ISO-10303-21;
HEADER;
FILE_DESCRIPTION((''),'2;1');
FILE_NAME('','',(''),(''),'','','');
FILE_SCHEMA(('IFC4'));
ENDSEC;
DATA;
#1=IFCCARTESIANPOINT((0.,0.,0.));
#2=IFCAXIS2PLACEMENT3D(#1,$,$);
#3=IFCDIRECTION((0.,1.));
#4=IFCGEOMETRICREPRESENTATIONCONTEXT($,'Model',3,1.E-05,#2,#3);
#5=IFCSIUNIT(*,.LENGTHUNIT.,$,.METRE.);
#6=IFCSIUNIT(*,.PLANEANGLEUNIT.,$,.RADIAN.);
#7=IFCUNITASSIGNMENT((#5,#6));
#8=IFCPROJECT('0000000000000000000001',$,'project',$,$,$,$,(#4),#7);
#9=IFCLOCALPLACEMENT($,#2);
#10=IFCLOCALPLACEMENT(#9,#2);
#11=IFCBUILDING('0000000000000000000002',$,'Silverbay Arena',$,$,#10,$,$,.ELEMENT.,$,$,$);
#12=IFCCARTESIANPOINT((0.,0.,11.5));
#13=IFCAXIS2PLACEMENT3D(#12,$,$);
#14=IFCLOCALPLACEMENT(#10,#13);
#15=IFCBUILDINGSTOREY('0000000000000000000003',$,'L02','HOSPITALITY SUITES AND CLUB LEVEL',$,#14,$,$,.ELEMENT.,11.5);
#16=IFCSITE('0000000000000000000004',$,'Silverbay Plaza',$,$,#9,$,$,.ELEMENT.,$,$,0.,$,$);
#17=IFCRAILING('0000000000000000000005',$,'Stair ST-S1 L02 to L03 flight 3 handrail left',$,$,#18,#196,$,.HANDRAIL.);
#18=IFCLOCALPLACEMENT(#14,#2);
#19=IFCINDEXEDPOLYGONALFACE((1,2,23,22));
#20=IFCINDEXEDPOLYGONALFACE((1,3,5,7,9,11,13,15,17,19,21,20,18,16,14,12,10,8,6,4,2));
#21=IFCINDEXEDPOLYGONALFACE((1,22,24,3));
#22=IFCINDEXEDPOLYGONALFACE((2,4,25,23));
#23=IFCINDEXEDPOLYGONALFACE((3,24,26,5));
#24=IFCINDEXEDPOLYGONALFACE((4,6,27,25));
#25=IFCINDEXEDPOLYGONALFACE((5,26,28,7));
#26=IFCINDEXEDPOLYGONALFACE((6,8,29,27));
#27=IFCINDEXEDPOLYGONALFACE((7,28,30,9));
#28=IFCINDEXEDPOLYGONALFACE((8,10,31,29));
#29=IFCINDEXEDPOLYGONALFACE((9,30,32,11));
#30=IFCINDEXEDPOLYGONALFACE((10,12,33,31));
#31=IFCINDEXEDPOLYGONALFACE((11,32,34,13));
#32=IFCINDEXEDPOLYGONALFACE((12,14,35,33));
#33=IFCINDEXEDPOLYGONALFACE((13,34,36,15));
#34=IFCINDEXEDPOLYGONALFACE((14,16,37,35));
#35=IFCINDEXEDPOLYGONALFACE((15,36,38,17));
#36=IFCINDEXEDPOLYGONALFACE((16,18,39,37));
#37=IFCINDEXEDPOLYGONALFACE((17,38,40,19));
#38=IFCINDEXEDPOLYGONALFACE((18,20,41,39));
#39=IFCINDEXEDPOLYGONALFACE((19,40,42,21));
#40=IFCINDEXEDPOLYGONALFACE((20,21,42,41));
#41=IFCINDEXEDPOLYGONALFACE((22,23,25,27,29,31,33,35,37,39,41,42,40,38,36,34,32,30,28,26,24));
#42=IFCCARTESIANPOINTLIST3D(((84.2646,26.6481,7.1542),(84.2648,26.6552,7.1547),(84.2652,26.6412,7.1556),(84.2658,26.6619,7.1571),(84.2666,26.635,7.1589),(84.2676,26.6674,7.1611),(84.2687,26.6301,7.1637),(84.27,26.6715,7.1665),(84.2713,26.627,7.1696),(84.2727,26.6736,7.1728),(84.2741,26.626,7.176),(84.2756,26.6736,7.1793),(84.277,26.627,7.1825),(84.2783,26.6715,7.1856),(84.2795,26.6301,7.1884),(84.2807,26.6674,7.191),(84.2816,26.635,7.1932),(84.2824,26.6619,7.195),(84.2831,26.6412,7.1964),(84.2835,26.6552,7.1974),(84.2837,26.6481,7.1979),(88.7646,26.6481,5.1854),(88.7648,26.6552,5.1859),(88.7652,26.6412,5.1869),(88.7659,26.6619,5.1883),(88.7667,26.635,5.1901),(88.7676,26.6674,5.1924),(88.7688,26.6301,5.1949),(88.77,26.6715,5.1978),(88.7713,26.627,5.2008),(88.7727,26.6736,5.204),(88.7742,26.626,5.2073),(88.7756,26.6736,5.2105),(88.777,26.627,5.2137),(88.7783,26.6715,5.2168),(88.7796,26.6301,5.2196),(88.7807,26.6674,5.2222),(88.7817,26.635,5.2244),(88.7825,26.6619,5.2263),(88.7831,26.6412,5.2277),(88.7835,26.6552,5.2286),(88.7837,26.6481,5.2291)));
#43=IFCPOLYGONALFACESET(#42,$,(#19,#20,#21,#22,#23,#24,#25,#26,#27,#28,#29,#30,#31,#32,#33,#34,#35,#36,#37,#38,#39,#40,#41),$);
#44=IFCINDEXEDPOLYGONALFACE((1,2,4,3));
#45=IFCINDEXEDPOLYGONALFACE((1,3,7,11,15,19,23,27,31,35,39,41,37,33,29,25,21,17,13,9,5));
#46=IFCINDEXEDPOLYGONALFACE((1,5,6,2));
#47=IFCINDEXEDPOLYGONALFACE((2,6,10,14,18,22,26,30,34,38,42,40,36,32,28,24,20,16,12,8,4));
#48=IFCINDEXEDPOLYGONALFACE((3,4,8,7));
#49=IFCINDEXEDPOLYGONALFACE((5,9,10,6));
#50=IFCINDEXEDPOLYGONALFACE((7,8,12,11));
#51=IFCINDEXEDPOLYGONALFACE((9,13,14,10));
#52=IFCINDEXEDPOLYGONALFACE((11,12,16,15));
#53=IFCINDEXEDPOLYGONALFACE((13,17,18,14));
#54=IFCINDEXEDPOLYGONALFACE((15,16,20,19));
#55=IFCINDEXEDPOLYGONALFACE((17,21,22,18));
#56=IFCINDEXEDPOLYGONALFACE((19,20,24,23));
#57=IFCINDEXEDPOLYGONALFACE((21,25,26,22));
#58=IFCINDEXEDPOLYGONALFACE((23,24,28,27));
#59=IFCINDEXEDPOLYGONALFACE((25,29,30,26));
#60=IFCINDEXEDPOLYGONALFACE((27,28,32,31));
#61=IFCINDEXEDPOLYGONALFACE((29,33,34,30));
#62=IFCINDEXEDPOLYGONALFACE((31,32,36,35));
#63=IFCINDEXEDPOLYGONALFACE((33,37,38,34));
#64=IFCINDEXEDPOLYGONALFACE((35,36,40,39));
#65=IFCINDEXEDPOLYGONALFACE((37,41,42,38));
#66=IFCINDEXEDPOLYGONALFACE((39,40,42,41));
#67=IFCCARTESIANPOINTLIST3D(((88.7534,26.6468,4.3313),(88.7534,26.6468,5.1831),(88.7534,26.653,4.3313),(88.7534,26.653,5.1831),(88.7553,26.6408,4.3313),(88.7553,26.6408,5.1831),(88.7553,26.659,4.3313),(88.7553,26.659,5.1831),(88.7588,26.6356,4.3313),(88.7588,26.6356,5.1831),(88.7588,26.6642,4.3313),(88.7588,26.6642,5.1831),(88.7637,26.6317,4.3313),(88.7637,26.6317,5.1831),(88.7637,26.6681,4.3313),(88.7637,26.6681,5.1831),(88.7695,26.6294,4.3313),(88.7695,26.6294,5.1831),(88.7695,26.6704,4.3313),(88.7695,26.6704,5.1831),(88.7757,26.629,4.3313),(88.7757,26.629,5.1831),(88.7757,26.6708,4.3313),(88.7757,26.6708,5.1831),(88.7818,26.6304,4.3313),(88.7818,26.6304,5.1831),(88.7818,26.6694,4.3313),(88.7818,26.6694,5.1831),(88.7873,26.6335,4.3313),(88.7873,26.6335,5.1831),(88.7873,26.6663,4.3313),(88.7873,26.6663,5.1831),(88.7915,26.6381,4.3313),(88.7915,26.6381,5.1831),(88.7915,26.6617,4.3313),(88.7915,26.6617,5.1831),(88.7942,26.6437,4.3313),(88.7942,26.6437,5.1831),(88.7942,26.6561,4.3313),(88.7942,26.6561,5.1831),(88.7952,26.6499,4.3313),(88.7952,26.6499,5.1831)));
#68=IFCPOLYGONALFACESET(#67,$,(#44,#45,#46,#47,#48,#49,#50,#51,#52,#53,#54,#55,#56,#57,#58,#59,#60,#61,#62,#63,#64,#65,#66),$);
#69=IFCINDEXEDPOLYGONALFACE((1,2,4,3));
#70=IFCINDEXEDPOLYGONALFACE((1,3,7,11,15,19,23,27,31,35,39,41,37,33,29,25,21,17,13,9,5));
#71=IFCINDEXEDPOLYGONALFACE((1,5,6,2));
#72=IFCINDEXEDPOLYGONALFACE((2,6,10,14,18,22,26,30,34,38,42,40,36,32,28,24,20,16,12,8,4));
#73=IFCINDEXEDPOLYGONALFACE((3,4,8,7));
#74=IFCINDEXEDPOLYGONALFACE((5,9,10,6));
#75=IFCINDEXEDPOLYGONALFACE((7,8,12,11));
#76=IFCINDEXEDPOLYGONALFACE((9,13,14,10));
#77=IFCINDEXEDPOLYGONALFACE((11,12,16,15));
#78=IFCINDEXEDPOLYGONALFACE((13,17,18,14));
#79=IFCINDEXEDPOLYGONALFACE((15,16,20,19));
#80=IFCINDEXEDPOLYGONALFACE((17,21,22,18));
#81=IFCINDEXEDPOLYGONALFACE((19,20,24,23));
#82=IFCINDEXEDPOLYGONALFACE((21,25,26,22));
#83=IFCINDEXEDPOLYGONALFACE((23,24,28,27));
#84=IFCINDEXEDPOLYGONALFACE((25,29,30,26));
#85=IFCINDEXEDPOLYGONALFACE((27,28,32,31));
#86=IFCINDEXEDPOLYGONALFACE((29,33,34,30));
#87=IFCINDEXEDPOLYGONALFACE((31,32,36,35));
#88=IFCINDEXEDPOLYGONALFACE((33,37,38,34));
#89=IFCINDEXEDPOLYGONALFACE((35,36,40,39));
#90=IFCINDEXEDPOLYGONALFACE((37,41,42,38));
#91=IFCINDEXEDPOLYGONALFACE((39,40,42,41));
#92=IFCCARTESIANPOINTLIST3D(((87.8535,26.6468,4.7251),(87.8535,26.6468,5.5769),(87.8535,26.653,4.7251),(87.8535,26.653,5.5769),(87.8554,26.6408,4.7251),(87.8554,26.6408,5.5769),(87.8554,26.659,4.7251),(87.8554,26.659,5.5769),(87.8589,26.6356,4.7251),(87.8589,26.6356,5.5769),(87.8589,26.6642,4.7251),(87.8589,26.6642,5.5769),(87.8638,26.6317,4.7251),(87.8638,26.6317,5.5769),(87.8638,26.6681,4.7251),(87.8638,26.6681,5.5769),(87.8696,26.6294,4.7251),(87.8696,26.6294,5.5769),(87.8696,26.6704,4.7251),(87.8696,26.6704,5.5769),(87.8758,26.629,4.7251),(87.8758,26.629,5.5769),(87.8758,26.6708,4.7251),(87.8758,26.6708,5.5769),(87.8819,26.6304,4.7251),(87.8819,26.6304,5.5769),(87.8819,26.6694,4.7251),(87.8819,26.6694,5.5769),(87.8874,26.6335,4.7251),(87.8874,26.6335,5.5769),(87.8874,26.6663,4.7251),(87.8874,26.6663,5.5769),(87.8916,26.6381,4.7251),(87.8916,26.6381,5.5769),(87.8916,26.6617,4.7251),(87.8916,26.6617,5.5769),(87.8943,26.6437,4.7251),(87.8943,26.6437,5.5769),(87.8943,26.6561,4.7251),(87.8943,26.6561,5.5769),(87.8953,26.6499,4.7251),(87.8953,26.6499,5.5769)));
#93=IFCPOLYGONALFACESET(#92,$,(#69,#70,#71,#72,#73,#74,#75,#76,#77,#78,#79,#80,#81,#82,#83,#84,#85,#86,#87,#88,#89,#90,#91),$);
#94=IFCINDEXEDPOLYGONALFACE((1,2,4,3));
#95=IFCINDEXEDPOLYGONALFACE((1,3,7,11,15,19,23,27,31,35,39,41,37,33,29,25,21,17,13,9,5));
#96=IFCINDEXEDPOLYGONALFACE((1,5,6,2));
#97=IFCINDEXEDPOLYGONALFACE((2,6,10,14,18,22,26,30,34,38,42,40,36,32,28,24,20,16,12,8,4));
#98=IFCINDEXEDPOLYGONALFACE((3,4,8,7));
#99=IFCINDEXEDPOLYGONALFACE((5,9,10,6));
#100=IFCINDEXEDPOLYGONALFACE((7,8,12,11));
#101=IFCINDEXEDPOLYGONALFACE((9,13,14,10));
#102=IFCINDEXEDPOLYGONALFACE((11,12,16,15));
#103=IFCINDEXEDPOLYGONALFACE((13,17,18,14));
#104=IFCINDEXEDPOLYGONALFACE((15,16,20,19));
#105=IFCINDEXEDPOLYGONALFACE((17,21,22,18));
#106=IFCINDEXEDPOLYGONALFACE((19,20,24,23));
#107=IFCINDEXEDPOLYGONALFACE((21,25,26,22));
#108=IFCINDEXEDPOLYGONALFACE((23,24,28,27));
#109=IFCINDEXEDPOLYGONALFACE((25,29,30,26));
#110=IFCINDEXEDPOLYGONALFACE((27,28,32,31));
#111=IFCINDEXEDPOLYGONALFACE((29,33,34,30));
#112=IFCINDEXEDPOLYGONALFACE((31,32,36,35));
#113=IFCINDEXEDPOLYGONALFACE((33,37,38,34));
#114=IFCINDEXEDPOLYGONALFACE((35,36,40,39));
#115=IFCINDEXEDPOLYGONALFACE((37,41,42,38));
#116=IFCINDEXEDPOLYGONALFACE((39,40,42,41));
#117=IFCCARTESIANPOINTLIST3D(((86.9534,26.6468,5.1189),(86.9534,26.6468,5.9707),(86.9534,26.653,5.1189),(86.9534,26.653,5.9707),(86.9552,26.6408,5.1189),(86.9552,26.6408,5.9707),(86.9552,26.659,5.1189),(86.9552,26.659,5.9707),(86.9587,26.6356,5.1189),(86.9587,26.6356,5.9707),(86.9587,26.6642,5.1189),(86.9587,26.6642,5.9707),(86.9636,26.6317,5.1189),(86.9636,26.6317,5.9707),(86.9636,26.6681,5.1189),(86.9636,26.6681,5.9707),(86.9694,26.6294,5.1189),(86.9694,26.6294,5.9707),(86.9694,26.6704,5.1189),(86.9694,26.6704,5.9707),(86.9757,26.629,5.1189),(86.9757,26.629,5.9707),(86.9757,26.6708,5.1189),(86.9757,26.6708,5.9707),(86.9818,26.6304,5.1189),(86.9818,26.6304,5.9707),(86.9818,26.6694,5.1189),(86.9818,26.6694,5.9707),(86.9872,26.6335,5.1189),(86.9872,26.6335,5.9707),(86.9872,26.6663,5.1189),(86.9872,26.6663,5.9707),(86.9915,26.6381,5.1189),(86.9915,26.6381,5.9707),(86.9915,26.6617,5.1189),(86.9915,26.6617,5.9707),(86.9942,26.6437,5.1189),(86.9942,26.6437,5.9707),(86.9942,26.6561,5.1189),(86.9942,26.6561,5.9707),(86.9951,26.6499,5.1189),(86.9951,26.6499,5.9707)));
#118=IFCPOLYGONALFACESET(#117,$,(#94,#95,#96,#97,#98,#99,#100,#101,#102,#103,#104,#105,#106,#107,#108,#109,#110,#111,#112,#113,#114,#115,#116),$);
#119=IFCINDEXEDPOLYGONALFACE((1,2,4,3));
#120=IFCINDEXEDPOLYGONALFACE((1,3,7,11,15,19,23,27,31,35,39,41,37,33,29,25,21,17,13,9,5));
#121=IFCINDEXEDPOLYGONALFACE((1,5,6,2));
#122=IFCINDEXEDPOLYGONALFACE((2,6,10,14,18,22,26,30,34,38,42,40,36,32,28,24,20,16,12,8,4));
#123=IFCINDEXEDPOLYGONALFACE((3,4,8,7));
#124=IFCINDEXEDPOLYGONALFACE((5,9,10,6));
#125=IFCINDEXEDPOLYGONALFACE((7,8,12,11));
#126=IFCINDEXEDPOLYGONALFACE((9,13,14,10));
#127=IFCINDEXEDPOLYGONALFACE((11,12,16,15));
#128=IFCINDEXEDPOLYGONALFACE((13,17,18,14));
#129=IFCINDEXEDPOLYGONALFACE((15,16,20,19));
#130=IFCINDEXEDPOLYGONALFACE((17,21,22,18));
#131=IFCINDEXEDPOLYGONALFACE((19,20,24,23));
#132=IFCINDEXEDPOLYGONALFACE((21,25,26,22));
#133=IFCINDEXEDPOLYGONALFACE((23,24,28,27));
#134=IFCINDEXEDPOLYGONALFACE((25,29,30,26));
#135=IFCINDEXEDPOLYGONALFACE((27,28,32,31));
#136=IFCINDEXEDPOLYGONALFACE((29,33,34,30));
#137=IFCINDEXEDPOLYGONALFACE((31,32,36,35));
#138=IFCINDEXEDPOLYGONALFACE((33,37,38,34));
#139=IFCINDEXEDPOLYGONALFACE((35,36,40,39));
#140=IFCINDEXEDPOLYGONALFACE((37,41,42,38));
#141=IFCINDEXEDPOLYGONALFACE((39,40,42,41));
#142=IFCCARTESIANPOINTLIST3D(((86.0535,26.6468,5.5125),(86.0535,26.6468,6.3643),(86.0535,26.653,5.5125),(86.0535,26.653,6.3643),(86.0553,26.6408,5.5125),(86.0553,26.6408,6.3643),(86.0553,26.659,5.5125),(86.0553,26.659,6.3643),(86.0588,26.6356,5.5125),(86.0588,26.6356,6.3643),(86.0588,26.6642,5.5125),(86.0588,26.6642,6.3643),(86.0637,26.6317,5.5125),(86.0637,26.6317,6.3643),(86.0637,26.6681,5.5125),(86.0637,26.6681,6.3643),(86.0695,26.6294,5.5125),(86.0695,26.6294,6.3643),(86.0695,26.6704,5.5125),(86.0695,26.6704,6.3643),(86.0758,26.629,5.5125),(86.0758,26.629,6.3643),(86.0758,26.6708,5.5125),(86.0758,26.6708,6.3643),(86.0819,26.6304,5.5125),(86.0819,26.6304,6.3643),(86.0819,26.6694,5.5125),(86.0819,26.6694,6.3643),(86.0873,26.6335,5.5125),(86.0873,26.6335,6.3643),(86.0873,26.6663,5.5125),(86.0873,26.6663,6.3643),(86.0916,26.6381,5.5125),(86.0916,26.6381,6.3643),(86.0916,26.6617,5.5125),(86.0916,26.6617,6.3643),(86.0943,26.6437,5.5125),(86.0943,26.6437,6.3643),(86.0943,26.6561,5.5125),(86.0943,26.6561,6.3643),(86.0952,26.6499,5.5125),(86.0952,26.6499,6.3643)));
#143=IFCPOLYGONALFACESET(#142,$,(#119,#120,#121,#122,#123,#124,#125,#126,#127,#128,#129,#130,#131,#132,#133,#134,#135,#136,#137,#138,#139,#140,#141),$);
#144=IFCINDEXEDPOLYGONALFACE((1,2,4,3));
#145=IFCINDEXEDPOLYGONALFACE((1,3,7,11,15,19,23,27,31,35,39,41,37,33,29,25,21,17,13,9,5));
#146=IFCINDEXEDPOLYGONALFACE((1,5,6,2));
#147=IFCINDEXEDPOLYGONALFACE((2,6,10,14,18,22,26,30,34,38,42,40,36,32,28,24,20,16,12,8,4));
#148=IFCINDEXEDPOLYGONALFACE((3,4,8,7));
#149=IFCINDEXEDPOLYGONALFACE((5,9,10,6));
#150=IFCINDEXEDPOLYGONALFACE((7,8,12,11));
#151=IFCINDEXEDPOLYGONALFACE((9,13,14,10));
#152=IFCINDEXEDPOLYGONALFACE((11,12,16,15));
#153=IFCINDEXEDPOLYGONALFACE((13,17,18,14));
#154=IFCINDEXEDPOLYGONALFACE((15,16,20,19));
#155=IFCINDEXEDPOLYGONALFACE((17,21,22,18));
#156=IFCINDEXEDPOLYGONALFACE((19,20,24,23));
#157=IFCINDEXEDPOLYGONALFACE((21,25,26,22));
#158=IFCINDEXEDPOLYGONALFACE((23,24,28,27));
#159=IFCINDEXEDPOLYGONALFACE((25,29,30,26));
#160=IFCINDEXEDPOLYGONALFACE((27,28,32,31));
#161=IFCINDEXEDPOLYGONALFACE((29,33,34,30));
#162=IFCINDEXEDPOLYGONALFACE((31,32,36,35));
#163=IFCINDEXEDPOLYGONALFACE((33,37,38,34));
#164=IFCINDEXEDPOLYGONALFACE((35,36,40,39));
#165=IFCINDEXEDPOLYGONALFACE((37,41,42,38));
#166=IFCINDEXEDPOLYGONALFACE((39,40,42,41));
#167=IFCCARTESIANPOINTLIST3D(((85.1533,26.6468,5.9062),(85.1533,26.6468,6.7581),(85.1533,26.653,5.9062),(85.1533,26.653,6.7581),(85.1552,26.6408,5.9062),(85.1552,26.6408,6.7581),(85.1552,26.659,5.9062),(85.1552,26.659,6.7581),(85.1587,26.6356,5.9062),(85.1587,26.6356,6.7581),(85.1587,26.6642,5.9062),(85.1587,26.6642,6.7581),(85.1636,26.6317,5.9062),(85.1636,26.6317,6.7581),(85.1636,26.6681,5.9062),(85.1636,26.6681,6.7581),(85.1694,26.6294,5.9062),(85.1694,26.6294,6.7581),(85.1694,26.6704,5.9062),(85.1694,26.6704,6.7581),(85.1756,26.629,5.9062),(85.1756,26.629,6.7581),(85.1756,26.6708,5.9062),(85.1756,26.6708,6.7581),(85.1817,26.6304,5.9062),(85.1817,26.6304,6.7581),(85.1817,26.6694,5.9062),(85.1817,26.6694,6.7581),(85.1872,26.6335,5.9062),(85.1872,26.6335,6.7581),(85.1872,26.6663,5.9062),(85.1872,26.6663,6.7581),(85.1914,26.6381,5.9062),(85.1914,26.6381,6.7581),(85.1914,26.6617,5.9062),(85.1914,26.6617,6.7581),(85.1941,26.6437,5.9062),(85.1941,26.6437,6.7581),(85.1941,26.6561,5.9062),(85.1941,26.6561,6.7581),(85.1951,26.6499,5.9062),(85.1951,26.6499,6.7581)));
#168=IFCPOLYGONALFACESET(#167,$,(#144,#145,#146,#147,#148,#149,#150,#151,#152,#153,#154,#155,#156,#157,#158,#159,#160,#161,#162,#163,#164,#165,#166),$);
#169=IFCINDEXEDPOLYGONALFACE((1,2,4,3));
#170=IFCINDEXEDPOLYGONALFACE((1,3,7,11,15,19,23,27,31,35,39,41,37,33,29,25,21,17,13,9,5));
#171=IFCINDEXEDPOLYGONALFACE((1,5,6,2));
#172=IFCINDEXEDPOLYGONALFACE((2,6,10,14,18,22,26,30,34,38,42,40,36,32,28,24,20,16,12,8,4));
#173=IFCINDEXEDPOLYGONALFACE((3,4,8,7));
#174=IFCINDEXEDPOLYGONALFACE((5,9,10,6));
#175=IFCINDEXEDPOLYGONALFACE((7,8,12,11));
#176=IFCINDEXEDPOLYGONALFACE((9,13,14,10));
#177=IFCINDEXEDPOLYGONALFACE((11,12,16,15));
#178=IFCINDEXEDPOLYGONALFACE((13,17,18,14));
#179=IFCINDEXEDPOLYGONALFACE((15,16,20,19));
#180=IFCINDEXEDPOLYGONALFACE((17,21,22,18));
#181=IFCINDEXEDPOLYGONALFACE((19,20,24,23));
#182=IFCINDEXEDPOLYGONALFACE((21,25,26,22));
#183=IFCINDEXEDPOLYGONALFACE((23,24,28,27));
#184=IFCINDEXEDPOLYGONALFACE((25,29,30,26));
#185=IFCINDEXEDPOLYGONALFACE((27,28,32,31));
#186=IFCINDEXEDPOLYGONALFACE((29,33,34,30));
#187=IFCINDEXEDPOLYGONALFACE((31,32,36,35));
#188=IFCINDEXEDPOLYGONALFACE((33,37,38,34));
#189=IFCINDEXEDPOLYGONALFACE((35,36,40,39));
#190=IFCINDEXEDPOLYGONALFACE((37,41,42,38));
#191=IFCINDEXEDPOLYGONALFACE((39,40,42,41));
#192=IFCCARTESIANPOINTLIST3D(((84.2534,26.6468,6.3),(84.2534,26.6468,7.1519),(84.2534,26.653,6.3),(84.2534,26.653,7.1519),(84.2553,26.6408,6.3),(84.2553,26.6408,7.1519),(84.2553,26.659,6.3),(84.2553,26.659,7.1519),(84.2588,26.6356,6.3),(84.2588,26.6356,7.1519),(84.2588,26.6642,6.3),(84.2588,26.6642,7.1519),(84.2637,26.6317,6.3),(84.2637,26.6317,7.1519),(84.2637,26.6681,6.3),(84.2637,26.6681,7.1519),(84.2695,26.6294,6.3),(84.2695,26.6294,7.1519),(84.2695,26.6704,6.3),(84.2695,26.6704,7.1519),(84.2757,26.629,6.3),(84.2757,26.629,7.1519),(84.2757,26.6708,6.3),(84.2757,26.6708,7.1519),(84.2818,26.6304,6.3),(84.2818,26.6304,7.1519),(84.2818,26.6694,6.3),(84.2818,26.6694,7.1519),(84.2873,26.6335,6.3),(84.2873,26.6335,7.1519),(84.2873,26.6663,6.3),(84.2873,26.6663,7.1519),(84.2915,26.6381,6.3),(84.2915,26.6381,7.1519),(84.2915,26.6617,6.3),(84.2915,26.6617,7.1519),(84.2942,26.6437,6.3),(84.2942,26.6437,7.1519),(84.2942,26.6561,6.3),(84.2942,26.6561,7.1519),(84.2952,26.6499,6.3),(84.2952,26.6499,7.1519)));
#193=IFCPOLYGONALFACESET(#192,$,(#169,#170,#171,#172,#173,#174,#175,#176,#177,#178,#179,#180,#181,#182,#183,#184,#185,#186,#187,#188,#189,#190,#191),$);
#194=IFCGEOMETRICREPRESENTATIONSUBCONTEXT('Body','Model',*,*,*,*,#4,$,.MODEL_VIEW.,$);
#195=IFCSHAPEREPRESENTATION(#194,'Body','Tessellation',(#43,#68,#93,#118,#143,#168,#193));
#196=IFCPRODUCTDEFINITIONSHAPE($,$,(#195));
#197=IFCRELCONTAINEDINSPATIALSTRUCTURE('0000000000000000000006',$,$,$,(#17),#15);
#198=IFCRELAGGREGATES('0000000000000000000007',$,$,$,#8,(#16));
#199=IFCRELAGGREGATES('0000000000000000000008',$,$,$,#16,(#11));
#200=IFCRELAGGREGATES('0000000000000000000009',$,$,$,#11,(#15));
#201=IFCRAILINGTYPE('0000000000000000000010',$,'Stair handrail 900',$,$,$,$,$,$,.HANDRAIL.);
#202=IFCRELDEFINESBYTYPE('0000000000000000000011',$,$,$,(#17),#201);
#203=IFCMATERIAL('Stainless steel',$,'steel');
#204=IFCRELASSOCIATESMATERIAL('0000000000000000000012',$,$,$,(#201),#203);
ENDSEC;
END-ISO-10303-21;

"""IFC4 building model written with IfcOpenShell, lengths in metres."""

from ifc_helpers import new_model, si_unit, direction, frame, origin, origin_2d, place, context, subcontext, project, spatial, circle, extrude, material, type_object, element, save


model = new_model("IFC4")

# Units and contexts
model_context = context("Model", 3, precision=1e-05, world=origin(), true_north=direction((0.0, 1.0)))
body_context = subcontext(model_context, "Body", "Model", "MODEL_VIEW")
ifc_project = project(units=[si_unit("LENGTHUNIT", "METRE"), si_unit("PLANEANGLEUNIT", "RADIAN")], contexts=[model_context])

# Site, building, storey
site_placement = place(None, origin())
site = spatial("IfcSite", under=ifc_project, at=site_placement, Name="Silverbay Plaza", CompositionType="ELEMENT", RefElevation=0.0)
building_placement = place(site_placement, origin())
building = spatial("IfcBuilding", under=site, at=building_placement, Name="Silverbay Arena", CompositionType="ELEMENT")
storey_placement = place(building_placement, frame((0.0, 0.0, 11.5)))
storey = spatial("IfcBuildingStorey", under=building, at=storey_placement, Name="L02", Description="HOSPITALITY SUITES AND CLUB LEVEL", CompositionType="ELEMENT", Elevation=11.5)

# Railing
ifc_material_1 = material(Name="Stainless steel", Category="steel")
railing_type_1 = type_object("IfcRailingType", Name="Stair handrail 900", PredefinedType="HANDRAIL", material=ifc_material_1)
for number, where, name in (
    (1, (88.7742, 26.6499, 4.3313), "Stair ST-S1 L02 to L03 flight 3 handrail left"),
):
    element("IfcRailing", number, at=place(storey_placement, frame(where)), inside=storey, type_object=railing_type_1, Name=name, PredefinedType="HANDRAIL", context=body_context, shape_type="SweptSolid", body=[
        extrude(circle(Radius=0.0239, at=origin_2d()), frame((0.0, 0.0, 0.876), z_axis=(-0.916157, 0.0, 0.400819), x_axis=(0.0, -1.0, 0.0)), (0.0, 0.0, 1.0), 4.9119),
        extrude(circle(Radius=0.021, at=origin_2d()), origin(), (0.0, 0.0, 1.0), 0.8518),
        extrude(circle(Radius=0.021, at=origin_2d()), frame((-0.8999, 0.0, 0.3938)), (0.0, 0.0, 1.0), 0.8518),
        extrude(circle(Radius=0.021, at=origin_2d()), frame((-1.8, 0.0, 0.7876)), (0.0, 0.0, 1.0), 0.8518),
        extrude(circle(Radius=0.021, at=origin_2d()), frame((-2.7, 0.0, 1.1812)), (0.0, 0.0, 1.0), 0.8518),
        extrude(circle(Radius=0.021, at=origin_2d()), frame((-3.6001, 0.0, 1.575)), (0.0, 0.0, 1.0), 0.8518),
        extrude(circle(Radius=0.021, at=origin_2d()), frame((-4.5, 0.0, 1.9688)), (0.0, 0.0, 1.0), 0.8518),
    ])

save(model, "model.ifc")
